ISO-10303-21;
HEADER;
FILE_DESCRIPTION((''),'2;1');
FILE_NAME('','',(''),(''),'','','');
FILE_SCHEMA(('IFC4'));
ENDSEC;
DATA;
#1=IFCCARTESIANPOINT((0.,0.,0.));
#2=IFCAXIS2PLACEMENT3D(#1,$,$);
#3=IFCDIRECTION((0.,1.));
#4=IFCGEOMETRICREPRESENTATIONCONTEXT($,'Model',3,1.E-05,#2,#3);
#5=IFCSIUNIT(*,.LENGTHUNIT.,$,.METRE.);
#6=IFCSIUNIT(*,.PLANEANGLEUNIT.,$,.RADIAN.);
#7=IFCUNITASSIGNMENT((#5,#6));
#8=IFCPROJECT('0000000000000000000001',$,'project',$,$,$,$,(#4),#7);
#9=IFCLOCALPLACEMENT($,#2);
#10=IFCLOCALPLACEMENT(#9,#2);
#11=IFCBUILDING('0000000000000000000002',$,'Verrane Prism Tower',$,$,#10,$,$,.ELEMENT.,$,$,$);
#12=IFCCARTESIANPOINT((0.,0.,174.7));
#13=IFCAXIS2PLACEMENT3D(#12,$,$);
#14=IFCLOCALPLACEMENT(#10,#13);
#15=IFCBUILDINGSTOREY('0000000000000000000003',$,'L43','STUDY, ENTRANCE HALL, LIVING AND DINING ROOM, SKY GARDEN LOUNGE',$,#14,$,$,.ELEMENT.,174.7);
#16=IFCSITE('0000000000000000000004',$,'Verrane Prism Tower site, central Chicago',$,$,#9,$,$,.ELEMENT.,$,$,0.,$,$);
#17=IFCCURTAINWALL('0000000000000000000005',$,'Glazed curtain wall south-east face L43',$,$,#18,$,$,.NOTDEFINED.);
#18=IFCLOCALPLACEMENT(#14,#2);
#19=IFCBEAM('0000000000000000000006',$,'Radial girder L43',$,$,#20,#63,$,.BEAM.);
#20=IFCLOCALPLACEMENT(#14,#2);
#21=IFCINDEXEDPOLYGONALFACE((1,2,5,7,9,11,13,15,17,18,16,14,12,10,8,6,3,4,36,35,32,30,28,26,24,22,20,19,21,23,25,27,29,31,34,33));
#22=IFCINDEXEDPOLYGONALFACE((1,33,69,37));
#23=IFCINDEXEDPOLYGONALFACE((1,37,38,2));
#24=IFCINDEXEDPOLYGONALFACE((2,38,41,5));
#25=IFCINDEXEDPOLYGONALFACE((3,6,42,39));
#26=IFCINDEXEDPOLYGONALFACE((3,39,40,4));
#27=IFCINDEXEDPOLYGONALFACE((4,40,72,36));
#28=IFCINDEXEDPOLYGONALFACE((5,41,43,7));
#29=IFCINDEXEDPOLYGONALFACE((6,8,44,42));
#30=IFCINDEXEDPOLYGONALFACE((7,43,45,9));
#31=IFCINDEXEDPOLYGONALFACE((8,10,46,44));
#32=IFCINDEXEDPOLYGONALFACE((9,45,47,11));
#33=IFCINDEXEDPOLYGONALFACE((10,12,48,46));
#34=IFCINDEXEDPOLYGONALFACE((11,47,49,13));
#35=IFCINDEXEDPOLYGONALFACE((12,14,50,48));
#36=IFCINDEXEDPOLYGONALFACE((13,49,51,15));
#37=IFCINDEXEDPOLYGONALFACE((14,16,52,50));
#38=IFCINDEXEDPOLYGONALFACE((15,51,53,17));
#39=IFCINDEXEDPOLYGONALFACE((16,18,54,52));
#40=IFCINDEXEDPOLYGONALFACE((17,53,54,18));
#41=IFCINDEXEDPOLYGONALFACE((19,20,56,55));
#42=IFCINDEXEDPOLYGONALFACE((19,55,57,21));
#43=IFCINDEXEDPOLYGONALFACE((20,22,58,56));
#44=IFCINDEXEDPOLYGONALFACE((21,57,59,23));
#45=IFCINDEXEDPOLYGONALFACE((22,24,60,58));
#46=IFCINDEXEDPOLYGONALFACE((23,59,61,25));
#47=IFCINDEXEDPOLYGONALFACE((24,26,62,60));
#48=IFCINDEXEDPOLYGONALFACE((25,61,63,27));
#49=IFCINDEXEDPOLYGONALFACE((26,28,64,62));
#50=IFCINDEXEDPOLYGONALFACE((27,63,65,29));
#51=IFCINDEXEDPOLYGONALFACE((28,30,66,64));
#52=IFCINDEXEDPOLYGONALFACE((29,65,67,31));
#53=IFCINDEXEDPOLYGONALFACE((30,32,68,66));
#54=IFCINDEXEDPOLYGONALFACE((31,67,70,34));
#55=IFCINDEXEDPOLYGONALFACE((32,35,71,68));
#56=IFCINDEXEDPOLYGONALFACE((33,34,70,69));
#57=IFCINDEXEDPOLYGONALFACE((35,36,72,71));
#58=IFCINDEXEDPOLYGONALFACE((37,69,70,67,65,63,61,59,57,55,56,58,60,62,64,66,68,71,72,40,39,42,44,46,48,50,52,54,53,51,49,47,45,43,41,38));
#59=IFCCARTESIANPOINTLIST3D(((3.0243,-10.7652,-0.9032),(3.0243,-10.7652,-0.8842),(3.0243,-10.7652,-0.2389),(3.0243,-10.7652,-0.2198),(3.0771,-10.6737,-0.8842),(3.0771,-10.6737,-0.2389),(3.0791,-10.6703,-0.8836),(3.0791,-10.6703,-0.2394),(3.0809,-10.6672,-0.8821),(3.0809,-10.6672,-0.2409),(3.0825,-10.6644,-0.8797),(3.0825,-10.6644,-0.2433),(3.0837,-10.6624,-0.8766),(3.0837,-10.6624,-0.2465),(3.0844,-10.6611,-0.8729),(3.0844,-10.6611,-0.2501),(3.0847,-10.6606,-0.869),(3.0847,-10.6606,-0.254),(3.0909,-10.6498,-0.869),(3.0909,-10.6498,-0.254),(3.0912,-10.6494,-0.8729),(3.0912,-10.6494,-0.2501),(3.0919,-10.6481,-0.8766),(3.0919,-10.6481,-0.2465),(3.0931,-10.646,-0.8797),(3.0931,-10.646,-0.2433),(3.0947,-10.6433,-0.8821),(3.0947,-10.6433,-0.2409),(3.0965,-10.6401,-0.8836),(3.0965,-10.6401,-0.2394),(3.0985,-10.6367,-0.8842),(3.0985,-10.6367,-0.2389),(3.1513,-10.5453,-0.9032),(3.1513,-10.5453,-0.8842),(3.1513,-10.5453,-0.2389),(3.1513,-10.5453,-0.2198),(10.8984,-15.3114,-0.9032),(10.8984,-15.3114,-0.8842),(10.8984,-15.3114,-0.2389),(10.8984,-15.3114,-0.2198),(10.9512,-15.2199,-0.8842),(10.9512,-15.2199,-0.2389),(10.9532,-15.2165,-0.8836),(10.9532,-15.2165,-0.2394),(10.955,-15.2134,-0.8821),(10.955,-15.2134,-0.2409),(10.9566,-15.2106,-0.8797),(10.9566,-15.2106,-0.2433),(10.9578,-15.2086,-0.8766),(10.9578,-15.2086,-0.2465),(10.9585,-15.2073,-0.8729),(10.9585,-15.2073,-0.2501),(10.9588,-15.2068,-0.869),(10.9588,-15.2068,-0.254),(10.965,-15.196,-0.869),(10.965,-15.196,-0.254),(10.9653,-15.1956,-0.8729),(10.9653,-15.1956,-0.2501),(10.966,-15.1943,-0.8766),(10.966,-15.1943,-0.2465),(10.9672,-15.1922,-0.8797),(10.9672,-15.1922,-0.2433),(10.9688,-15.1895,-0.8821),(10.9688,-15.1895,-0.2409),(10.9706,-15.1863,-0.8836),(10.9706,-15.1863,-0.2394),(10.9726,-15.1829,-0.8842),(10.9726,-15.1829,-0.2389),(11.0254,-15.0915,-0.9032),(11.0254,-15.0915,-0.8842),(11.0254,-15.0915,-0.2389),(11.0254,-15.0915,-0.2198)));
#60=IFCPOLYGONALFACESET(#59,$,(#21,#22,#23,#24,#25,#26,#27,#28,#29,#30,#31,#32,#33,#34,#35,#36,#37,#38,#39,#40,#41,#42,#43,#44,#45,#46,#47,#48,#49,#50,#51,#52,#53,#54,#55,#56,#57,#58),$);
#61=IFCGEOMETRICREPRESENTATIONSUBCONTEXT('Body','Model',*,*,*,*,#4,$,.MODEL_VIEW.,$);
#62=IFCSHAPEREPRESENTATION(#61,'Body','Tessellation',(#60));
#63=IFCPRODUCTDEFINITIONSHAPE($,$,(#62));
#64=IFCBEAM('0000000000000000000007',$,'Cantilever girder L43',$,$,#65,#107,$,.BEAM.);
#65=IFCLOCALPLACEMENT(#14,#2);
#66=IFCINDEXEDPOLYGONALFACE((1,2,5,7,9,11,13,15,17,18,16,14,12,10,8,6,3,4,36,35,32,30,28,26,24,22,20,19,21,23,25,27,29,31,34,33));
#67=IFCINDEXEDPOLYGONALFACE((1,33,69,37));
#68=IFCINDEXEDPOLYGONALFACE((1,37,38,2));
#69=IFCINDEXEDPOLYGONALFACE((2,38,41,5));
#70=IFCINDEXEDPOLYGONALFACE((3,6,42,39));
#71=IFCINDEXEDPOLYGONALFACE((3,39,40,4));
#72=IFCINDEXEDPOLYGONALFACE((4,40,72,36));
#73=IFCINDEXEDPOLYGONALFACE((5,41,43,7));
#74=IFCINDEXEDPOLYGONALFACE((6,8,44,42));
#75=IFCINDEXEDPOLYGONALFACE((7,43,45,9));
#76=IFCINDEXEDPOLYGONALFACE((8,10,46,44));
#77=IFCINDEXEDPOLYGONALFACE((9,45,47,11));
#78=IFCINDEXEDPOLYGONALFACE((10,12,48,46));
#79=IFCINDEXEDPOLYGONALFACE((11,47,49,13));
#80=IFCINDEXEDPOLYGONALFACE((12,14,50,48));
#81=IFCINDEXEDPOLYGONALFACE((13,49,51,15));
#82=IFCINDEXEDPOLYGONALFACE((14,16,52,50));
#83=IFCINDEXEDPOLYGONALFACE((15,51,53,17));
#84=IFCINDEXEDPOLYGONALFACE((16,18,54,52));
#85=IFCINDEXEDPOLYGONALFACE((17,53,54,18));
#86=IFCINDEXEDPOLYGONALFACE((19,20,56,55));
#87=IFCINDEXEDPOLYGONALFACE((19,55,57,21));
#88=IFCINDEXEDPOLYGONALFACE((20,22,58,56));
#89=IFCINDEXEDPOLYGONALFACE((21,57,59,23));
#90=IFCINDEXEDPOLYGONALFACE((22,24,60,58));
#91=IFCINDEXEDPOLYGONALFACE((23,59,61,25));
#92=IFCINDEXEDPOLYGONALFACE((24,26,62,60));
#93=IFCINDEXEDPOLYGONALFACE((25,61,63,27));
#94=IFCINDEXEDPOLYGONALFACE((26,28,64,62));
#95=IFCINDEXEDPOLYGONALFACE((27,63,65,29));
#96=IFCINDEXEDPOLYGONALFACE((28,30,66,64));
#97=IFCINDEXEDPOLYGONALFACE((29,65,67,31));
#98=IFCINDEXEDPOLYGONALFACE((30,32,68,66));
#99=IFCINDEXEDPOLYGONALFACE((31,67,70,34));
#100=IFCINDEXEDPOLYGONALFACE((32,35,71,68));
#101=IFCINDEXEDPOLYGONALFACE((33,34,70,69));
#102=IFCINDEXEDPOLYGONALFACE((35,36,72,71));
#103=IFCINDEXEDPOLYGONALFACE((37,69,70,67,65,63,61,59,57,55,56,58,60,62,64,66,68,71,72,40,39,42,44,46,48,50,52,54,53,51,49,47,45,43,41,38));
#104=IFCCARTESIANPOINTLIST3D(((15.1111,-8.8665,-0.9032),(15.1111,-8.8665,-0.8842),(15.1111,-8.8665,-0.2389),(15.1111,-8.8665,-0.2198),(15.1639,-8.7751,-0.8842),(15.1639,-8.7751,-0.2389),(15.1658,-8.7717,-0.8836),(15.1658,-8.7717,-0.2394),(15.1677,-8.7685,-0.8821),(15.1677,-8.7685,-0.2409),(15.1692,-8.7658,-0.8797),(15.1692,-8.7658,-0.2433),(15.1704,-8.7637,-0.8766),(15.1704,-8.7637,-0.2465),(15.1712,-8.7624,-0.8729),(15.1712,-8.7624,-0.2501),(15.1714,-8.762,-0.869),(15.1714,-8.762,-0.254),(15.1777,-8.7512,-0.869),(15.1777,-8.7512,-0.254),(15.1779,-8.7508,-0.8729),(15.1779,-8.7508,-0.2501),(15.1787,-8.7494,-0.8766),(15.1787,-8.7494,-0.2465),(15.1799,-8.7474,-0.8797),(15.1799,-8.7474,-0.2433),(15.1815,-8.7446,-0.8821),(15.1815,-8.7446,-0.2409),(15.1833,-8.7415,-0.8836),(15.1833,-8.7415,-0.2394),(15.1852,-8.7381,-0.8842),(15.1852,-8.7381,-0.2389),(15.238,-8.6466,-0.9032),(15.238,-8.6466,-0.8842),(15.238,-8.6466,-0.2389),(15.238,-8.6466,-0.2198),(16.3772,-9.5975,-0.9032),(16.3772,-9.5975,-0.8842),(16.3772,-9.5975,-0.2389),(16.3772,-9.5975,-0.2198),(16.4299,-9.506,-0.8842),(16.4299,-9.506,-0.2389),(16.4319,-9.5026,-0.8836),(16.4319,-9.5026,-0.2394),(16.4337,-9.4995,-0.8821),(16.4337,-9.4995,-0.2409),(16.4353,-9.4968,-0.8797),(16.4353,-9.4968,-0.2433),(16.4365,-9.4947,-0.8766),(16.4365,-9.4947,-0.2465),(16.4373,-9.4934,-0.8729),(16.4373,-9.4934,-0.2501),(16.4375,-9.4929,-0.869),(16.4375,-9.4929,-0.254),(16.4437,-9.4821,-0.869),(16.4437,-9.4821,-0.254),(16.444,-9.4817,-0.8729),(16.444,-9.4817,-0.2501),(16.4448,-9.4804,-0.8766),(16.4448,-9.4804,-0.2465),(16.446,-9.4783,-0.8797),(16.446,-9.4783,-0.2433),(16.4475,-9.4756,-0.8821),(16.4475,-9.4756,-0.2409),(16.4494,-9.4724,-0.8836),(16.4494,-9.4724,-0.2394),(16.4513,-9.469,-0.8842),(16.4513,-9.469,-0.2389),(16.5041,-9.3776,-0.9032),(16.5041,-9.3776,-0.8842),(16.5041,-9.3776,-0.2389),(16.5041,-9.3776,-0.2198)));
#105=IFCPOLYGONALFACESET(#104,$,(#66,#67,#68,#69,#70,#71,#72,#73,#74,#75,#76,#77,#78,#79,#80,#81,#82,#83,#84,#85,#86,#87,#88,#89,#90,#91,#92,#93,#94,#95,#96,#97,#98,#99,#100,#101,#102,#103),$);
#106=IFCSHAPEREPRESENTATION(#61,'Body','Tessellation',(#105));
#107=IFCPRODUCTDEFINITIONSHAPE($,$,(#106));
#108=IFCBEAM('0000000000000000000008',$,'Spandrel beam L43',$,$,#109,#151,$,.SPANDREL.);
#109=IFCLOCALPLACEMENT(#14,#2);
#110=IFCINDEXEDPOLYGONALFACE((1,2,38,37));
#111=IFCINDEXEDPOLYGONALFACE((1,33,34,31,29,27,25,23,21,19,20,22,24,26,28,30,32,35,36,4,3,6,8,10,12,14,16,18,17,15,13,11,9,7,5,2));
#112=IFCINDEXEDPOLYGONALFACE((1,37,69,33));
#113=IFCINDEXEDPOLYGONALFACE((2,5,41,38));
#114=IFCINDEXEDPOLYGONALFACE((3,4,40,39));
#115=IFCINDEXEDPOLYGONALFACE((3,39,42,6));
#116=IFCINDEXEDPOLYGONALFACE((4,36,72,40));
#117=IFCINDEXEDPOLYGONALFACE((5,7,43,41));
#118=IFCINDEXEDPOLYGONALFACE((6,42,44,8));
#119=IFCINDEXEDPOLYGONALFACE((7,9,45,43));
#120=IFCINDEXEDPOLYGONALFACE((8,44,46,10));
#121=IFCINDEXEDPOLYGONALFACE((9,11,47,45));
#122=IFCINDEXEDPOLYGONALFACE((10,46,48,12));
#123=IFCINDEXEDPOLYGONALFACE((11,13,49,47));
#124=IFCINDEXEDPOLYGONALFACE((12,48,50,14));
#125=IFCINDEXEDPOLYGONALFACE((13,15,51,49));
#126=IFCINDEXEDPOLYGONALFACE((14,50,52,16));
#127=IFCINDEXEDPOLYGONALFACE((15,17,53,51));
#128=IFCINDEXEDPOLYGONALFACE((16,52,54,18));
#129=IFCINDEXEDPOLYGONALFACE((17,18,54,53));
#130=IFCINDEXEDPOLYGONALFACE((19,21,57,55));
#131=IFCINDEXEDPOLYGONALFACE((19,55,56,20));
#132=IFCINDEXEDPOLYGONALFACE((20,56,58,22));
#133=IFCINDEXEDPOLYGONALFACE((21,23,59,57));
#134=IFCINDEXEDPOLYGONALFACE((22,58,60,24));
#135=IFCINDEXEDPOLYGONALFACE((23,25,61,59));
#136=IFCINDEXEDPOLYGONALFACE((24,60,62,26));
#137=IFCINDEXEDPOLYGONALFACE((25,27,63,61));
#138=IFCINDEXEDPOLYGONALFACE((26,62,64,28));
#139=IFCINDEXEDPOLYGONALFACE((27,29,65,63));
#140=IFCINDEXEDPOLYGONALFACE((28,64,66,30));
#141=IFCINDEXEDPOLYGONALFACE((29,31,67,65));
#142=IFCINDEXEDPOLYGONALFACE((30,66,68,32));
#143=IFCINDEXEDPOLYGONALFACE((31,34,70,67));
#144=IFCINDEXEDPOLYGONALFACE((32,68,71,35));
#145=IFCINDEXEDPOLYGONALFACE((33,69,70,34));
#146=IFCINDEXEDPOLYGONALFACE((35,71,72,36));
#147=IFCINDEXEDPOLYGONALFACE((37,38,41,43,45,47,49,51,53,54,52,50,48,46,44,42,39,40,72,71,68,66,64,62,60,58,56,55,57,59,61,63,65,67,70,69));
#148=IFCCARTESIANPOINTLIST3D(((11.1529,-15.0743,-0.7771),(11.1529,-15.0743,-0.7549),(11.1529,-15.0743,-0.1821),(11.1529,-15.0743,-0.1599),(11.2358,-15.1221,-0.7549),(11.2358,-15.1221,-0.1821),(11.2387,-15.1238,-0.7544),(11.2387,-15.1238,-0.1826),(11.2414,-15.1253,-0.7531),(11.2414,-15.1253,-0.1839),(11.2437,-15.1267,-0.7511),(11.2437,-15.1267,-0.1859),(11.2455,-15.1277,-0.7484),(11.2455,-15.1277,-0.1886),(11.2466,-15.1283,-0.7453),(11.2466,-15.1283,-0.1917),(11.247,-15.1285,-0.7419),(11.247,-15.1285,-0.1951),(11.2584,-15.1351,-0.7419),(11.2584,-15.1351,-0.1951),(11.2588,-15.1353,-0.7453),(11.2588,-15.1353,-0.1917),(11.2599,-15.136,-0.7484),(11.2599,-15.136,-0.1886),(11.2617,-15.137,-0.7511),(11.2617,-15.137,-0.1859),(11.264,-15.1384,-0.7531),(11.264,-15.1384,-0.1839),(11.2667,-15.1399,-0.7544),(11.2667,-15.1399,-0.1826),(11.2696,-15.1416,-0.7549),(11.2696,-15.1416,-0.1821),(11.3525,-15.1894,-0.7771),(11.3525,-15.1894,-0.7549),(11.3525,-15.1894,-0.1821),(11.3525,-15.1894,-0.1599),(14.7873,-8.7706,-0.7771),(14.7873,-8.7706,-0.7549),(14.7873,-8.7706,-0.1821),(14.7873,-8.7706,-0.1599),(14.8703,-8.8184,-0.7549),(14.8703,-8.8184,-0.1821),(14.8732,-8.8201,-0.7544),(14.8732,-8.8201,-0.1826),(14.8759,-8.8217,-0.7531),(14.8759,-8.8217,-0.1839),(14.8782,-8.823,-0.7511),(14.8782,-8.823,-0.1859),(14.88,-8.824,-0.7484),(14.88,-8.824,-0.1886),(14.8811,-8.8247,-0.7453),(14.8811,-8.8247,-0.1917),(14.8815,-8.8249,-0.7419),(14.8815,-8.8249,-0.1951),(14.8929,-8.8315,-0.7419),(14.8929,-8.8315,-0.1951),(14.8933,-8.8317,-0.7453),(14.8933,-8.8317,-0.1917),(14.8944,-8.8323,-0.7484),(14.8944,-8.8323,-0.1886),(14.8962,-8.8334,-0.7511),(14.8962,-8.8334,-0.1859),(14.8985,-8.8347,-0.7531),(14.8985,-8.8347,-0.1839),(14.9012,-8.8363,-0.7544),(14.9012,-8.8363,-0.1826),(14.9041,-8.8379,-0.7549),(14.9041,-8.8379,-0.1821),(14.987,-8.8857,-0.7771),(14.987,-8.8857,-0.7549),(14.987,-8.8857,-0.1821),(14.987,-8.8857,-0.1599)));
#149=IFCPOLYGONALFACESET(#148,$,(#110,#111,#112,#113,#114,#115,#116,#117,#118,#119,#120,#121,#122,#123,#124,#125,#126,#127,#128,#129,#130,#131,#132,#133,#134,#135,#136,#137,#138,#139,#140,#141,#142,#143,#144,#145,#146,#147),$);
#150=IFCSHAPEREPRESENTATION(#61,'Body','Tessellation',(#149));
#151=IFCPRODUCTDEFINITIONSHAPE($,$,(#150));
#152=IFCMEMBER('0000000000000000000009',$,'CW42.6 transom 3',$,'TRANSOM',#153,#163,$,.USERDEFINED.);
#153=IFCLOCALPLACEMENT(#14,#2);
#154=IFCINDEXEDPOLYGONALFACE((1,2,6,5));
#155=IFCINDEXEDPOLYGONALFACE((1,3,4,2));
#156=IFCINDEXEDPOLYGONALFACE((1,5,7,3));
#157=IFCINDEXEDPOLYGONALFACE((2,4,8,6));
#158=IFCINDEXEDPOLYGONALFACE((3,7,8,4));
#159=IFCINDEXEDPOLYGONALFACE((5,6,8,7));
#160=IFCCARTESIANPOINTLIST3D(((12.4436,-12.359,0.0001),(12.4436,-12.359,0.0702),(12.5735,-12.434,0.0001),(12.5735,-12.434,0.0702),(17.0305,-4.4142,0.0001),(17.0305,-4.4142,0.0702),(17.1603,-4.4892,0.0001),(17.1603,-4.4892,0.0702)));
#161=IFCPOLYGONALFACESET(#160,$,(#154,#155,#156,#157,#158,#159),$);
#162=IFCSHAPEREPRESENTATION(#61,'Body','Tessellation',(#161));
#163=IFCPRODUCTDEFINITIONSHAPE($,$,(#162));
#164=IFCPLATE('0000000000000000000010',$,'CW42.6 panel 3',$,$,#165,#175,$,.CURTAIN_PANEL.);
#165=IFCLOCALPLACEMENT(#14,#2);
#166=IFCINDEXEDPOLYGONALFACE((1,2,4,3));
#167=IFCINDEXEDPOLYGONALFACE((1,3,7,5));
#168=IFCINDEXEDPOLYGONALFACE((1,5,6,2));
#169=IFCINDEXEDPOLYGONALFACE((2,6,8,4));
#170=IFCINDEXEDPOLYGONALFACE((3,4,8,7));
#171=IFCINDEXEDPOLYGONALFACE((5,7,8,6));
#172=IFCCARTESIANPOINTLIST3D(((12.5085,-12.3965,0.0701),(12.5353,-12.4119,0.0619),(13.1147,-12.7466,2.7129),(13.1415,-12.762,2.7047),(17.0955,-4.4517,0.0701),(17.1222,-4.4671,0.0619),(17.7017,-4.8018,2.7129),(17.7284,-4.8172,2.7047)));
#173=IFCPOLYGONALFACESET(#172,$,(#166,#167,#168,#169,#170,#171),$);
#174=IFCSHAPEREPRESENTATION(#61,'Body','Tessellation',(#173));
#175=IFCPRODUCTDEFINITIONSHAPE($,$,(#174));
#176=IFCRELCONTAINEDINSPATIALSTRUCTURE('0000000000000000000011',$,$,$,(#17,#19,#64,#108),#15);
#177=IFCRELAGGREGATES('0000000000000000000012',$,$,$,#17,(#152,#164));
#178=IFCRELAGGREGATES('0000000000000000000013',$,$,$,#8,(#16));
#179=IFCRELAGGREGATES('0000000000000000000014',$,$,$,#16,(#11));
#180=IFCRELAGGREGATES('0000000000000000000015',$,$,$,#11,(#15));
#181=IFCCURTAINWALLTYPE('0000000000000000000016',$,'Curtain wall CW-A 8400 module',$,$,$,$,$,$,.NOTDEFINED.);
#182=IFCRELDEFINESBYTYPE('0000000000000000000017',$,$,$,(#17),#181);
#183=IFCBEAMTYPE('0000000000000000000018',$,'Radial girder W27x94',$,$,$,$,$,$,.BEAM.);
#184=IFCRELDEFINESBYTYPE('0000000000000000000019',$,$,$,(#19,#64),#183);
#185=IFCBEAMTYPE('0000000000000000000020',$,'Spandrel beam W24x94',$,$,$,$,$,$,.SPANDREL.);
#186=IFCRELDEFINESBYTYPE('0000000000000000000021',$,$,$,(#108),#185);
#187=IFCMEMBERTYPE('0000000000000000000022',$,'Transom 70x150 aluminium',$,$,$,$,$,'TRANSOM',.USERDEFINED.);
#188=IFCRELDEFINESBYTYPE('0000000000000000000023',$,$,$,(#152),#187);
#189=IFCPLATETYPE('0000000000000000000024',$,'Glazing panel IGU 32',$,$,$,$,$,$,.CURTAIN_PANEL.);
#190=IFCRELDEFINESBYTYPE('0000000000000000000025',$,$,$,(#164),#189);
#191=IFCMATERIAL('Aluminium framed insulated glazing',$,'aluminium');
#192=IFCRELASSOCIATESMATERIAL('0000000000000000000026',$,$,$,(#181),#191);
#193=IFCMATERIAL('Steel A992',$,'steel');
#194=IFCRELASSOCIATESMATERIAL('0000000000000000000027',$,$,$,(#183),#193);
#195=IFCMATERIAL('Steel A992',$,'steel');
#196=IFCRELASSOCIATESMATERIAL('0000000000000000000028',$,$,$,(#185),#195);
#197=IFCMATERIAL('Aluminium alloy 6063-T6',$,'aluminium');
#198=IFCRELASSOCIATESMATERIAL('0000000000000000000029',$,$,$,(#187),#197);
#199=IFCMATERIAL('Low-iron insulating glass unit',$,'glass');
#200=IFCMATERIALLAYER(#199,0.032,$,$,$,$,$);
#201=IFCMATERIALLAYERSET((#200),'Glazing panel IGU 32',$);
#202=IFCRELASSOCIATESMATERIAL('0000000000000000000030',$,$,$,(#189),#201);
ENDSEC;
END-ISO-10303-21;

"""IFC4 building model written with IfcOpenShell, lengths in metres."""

from ifc_helpers import new_model, si_unit, direction, frame, origin, origin_2d, place, context, subcontext, project, spatial, polyline, rectangle, i_section, outline, extrude, material, layer, layer_set, material_profile, profile_set, type_object, element, aggregate, save


model = new_model("IFC4")

# Units and contexts
model_context = context("Model", 3, precision=1e-05, world=origin(), true_north=direction((0.0, 1.0)))
body_context = subcontext(model_context, "Body", "Model", "MODEL_VIEW")
ifc_project = project(units=[si_unit("LENGTHUNIT", "METRE"), si_unit("PLANEANGLEUNIT", "RADIAN")], contexts=[model_context])

# Site, building, storey
site_placement = place(None, origin())
site = spatial("IfcSite", under=ifc_project, at=site_placement, Name="Verrane Prism Tower site, central Chicago", CompositionType="ELEMENT", RefElevation=0.0)
building_placement = place(site_placement, origin())
building = spatial("IfcBuilding", under=site, at=building_placement, Name="Verrane Prism Tower", CompositionType="ELEMENT")
storey_placement = place(building_placement, frame((0.0, 0.0, 174.7)))
storey = spatial("IfcBuildingStorey", under=building, at=storey_placement, Name="L43", Description="STUDY, ENTRANCE HALL, LIVING AND DINING ROOM, SKY GARDEN LOUNGE", CompositionType="ELEMENT", Elevation=174.7)

# Curtain wall
ifc_material_1 = material(Name="Aluminium framed insulated glazing", Category="aluminium")
curtain_wall_type = type_object("IfcCurtainWallType", Name="Curtain wall CW-A 8400 module", PredefinedType="NOTDEFINED", material=ifc_material_1)
curtain_wall_placement = place(storey_placement, origin())
curtain_wall = element("IfcCurtainWall", 1, at=curtain_wall_placement, inside=storey, type_object=curtain_wall_type, Name="Glazed curtain wall south-east face L43", PredefinedType="NOTDEFINED")

# Beams
ifc_material_2 = material(Name="Steel A992", Category="steel")
ifc_material_profile_1 = material_profile(ifc_material_2, i_section(OverallWidth=0.2539, OverallDepth=0.6833, WebThickness=0.0125, FlangeThickness=0.019, FilletRadius=0.0151, at=origin_2d()), Name="W27x94")
ifc_profile_set_1 = profile_set([ifc_material_profile_1], Name="Steel A992")
beam_type_1 = type_object("IfcBeamType", Name="Radial girder W27x94", PredefinedType="BEAM", material=ifc_profile_set_1)
beam_1_placement = place(storey_placement, frame((10.9619, -15.2014, -0.5615), z_axis=(-0.866022, 0.500006, 0.0), x_axis=(-0.500006, -0.866022, 0.0)))
element("IfcBeam", 2, at=beam_1_placement, inside=storey, type_object=beam_type_1, Name="Radial girder L43", PredefinedType="BEAM", context=body_context, shape_type="SweptSolid", body=[
    extrude(i_section(OverallWidth=0.2539, OverallDepth=0.6833, WebThickness=0.0125, FlangeThickness=0.019, FilletRadius=0.0151, at=origin_2d()), origin(), (0.0, 0.0, 1.0), 9.0923),
])
beam_2_placement = place(storey_placement, frame((15.1746, -8.7566, -0.5615), z_axis=(0.866035, -0.499983, 0.0), x_axis=(0.499983, 0.866035, 0.0)))
element("IfcBeam", 3, at=beam_2_placement, inside=storey, type_object=beam_type_1, Name="Cantilever girder L43", PredefinedType="BEAM", context=body_context, shape_type="SweptSolid", body=[
    extrude(i_section(OverallWidth=0.2539, OverallDepth=0.6833, WebThickness=0.0125, FlangeThickness=0.019, FilletRadius=0.0151, at=origin_2d()), origin(), (0.0, 0.0, 1.0), 1.4619),
])
ifc_material_3 = material(Name="Steel A992", Category="steel")
ifc_material_profile_2 = material_profile(ifc_material_3, i_section(OverallWidth=0.2305, OverallDepth=0.6172, WebThickness=0.0132, FlangeThickness=0.0222, FilletRadius=0.0129, at=origin_2d()), Name="W24x94")
ifc_profile_set_2 = profile_set([ifc_material_profile_2], Name="Steel A992")
beam_type_2 = type_object("IfcBeamType", Name="Spandrel beam W24x94", PredefinedType="SPANDREL", material=ifc_profile_set_2)
beam_3_placement = place(storey_placement, frame((11.2527, -15.1318, -0.4685), z_axis=(0.499492, 0.866318, 0.0), x_axis=(-0.866318, 0.499492, 0.0)))
element("IfcBeam", 4, at=beam_3_placement, inside=storey, type_object=beam_type_2, Name="Spandrel beam L43", PredefinedType="SPANDREL", context=body_context, shape_type="SweptSolid", body=[
    extrude(i_section(OverallWidth=0.2305, OverallDepth=0.6172, WebThickness=0.0132, FlangeThickness=0.0222, FilletRadius=0.0129, at=origin_2d()), origin(), (0.0, 0.0, 1.0), 7.2764),
])

# Member
ifc_material_4 = material(Name="Aluminium alloy 6063-T6", Category="aluminium")
ifc_material_profile_3 = material_profile(ifc_material_4, rectangle(XDim=0.1499, YDim=0.0701, at=origin_2d()), Name="Transom 70x150 aluminium")
ifc_profile_set_3 = profile_set([ifc_material_profile_3], Name="Aluminium alloy 6063-T6")
member_type_1 = type_object("IfcMemberType", Name="Transom 70x150 aluminium", ElementType="TRANSOM", PredefinedType="USERDEFINED", material=ifc_profile_set_3)
member_1_placement = place(storey_placement, frame((12.5085, -12.3965, 0.0352), z_axis=(0.499997, 0.866027, 0.0), x_axis=(-0.866027, 0.499997, 0.0)))
member_1 = element("IfcMember", 5, at=member_1_placement, type_object=member_type_1, Name="CW42.6 transom 3", ObjectType="TRANSOM", PredefinedType="USERDEFINED", context=body_context, shape_type="SweptSolid", body=[
    extrude(rectangle(XDim=0.1499, YDim=0.0701, at=origin_2d()), origin(), (0.0, 0.0, 1.0), 9.1738),
])

# Plate
ifc_material_5 = material(Name="Low-iron insulating glass unit", Category="glass")
ifc_layer_1 = layer(ifc_material_5, 0.032)
ifc_layer_set_1 = layer_set([ifc_layer_1], Name="Glazing panel IGU 32")
plate_type = type_object("IfcPlateType", Name="Glazing panel IGU 32", PredefinedType="CURTAIN_PANEL", material=ifc_layer_set_1)
plate_placement = place(storey_placement, frame((12.5085, -12.3965, 0.0701), z_axis=(-0.837156, 0.483329, 0.256051), x_axis=(0.499997, 0.866027, 0.0)))
plate = element("IfcPlate", 6, at=plate_placement, type_object=plate_type, Name="CW42.6 panel 3", PredefinedType="CURTAIN_PANEL", context=body_context, shape_type="SweptSolid", body=[
    extrude(outline(polyline([(0.0, 0.0), (9.1739, 0.0), (9.1738, -2.734), (-0.0001, -2.734), (0.0, 0.0)])), origin(), (0.0, 0.0, -1.0), 0.032),
])
aggregate(curtain_wall, [member_1, plate])

save(model, "model.ifc")
